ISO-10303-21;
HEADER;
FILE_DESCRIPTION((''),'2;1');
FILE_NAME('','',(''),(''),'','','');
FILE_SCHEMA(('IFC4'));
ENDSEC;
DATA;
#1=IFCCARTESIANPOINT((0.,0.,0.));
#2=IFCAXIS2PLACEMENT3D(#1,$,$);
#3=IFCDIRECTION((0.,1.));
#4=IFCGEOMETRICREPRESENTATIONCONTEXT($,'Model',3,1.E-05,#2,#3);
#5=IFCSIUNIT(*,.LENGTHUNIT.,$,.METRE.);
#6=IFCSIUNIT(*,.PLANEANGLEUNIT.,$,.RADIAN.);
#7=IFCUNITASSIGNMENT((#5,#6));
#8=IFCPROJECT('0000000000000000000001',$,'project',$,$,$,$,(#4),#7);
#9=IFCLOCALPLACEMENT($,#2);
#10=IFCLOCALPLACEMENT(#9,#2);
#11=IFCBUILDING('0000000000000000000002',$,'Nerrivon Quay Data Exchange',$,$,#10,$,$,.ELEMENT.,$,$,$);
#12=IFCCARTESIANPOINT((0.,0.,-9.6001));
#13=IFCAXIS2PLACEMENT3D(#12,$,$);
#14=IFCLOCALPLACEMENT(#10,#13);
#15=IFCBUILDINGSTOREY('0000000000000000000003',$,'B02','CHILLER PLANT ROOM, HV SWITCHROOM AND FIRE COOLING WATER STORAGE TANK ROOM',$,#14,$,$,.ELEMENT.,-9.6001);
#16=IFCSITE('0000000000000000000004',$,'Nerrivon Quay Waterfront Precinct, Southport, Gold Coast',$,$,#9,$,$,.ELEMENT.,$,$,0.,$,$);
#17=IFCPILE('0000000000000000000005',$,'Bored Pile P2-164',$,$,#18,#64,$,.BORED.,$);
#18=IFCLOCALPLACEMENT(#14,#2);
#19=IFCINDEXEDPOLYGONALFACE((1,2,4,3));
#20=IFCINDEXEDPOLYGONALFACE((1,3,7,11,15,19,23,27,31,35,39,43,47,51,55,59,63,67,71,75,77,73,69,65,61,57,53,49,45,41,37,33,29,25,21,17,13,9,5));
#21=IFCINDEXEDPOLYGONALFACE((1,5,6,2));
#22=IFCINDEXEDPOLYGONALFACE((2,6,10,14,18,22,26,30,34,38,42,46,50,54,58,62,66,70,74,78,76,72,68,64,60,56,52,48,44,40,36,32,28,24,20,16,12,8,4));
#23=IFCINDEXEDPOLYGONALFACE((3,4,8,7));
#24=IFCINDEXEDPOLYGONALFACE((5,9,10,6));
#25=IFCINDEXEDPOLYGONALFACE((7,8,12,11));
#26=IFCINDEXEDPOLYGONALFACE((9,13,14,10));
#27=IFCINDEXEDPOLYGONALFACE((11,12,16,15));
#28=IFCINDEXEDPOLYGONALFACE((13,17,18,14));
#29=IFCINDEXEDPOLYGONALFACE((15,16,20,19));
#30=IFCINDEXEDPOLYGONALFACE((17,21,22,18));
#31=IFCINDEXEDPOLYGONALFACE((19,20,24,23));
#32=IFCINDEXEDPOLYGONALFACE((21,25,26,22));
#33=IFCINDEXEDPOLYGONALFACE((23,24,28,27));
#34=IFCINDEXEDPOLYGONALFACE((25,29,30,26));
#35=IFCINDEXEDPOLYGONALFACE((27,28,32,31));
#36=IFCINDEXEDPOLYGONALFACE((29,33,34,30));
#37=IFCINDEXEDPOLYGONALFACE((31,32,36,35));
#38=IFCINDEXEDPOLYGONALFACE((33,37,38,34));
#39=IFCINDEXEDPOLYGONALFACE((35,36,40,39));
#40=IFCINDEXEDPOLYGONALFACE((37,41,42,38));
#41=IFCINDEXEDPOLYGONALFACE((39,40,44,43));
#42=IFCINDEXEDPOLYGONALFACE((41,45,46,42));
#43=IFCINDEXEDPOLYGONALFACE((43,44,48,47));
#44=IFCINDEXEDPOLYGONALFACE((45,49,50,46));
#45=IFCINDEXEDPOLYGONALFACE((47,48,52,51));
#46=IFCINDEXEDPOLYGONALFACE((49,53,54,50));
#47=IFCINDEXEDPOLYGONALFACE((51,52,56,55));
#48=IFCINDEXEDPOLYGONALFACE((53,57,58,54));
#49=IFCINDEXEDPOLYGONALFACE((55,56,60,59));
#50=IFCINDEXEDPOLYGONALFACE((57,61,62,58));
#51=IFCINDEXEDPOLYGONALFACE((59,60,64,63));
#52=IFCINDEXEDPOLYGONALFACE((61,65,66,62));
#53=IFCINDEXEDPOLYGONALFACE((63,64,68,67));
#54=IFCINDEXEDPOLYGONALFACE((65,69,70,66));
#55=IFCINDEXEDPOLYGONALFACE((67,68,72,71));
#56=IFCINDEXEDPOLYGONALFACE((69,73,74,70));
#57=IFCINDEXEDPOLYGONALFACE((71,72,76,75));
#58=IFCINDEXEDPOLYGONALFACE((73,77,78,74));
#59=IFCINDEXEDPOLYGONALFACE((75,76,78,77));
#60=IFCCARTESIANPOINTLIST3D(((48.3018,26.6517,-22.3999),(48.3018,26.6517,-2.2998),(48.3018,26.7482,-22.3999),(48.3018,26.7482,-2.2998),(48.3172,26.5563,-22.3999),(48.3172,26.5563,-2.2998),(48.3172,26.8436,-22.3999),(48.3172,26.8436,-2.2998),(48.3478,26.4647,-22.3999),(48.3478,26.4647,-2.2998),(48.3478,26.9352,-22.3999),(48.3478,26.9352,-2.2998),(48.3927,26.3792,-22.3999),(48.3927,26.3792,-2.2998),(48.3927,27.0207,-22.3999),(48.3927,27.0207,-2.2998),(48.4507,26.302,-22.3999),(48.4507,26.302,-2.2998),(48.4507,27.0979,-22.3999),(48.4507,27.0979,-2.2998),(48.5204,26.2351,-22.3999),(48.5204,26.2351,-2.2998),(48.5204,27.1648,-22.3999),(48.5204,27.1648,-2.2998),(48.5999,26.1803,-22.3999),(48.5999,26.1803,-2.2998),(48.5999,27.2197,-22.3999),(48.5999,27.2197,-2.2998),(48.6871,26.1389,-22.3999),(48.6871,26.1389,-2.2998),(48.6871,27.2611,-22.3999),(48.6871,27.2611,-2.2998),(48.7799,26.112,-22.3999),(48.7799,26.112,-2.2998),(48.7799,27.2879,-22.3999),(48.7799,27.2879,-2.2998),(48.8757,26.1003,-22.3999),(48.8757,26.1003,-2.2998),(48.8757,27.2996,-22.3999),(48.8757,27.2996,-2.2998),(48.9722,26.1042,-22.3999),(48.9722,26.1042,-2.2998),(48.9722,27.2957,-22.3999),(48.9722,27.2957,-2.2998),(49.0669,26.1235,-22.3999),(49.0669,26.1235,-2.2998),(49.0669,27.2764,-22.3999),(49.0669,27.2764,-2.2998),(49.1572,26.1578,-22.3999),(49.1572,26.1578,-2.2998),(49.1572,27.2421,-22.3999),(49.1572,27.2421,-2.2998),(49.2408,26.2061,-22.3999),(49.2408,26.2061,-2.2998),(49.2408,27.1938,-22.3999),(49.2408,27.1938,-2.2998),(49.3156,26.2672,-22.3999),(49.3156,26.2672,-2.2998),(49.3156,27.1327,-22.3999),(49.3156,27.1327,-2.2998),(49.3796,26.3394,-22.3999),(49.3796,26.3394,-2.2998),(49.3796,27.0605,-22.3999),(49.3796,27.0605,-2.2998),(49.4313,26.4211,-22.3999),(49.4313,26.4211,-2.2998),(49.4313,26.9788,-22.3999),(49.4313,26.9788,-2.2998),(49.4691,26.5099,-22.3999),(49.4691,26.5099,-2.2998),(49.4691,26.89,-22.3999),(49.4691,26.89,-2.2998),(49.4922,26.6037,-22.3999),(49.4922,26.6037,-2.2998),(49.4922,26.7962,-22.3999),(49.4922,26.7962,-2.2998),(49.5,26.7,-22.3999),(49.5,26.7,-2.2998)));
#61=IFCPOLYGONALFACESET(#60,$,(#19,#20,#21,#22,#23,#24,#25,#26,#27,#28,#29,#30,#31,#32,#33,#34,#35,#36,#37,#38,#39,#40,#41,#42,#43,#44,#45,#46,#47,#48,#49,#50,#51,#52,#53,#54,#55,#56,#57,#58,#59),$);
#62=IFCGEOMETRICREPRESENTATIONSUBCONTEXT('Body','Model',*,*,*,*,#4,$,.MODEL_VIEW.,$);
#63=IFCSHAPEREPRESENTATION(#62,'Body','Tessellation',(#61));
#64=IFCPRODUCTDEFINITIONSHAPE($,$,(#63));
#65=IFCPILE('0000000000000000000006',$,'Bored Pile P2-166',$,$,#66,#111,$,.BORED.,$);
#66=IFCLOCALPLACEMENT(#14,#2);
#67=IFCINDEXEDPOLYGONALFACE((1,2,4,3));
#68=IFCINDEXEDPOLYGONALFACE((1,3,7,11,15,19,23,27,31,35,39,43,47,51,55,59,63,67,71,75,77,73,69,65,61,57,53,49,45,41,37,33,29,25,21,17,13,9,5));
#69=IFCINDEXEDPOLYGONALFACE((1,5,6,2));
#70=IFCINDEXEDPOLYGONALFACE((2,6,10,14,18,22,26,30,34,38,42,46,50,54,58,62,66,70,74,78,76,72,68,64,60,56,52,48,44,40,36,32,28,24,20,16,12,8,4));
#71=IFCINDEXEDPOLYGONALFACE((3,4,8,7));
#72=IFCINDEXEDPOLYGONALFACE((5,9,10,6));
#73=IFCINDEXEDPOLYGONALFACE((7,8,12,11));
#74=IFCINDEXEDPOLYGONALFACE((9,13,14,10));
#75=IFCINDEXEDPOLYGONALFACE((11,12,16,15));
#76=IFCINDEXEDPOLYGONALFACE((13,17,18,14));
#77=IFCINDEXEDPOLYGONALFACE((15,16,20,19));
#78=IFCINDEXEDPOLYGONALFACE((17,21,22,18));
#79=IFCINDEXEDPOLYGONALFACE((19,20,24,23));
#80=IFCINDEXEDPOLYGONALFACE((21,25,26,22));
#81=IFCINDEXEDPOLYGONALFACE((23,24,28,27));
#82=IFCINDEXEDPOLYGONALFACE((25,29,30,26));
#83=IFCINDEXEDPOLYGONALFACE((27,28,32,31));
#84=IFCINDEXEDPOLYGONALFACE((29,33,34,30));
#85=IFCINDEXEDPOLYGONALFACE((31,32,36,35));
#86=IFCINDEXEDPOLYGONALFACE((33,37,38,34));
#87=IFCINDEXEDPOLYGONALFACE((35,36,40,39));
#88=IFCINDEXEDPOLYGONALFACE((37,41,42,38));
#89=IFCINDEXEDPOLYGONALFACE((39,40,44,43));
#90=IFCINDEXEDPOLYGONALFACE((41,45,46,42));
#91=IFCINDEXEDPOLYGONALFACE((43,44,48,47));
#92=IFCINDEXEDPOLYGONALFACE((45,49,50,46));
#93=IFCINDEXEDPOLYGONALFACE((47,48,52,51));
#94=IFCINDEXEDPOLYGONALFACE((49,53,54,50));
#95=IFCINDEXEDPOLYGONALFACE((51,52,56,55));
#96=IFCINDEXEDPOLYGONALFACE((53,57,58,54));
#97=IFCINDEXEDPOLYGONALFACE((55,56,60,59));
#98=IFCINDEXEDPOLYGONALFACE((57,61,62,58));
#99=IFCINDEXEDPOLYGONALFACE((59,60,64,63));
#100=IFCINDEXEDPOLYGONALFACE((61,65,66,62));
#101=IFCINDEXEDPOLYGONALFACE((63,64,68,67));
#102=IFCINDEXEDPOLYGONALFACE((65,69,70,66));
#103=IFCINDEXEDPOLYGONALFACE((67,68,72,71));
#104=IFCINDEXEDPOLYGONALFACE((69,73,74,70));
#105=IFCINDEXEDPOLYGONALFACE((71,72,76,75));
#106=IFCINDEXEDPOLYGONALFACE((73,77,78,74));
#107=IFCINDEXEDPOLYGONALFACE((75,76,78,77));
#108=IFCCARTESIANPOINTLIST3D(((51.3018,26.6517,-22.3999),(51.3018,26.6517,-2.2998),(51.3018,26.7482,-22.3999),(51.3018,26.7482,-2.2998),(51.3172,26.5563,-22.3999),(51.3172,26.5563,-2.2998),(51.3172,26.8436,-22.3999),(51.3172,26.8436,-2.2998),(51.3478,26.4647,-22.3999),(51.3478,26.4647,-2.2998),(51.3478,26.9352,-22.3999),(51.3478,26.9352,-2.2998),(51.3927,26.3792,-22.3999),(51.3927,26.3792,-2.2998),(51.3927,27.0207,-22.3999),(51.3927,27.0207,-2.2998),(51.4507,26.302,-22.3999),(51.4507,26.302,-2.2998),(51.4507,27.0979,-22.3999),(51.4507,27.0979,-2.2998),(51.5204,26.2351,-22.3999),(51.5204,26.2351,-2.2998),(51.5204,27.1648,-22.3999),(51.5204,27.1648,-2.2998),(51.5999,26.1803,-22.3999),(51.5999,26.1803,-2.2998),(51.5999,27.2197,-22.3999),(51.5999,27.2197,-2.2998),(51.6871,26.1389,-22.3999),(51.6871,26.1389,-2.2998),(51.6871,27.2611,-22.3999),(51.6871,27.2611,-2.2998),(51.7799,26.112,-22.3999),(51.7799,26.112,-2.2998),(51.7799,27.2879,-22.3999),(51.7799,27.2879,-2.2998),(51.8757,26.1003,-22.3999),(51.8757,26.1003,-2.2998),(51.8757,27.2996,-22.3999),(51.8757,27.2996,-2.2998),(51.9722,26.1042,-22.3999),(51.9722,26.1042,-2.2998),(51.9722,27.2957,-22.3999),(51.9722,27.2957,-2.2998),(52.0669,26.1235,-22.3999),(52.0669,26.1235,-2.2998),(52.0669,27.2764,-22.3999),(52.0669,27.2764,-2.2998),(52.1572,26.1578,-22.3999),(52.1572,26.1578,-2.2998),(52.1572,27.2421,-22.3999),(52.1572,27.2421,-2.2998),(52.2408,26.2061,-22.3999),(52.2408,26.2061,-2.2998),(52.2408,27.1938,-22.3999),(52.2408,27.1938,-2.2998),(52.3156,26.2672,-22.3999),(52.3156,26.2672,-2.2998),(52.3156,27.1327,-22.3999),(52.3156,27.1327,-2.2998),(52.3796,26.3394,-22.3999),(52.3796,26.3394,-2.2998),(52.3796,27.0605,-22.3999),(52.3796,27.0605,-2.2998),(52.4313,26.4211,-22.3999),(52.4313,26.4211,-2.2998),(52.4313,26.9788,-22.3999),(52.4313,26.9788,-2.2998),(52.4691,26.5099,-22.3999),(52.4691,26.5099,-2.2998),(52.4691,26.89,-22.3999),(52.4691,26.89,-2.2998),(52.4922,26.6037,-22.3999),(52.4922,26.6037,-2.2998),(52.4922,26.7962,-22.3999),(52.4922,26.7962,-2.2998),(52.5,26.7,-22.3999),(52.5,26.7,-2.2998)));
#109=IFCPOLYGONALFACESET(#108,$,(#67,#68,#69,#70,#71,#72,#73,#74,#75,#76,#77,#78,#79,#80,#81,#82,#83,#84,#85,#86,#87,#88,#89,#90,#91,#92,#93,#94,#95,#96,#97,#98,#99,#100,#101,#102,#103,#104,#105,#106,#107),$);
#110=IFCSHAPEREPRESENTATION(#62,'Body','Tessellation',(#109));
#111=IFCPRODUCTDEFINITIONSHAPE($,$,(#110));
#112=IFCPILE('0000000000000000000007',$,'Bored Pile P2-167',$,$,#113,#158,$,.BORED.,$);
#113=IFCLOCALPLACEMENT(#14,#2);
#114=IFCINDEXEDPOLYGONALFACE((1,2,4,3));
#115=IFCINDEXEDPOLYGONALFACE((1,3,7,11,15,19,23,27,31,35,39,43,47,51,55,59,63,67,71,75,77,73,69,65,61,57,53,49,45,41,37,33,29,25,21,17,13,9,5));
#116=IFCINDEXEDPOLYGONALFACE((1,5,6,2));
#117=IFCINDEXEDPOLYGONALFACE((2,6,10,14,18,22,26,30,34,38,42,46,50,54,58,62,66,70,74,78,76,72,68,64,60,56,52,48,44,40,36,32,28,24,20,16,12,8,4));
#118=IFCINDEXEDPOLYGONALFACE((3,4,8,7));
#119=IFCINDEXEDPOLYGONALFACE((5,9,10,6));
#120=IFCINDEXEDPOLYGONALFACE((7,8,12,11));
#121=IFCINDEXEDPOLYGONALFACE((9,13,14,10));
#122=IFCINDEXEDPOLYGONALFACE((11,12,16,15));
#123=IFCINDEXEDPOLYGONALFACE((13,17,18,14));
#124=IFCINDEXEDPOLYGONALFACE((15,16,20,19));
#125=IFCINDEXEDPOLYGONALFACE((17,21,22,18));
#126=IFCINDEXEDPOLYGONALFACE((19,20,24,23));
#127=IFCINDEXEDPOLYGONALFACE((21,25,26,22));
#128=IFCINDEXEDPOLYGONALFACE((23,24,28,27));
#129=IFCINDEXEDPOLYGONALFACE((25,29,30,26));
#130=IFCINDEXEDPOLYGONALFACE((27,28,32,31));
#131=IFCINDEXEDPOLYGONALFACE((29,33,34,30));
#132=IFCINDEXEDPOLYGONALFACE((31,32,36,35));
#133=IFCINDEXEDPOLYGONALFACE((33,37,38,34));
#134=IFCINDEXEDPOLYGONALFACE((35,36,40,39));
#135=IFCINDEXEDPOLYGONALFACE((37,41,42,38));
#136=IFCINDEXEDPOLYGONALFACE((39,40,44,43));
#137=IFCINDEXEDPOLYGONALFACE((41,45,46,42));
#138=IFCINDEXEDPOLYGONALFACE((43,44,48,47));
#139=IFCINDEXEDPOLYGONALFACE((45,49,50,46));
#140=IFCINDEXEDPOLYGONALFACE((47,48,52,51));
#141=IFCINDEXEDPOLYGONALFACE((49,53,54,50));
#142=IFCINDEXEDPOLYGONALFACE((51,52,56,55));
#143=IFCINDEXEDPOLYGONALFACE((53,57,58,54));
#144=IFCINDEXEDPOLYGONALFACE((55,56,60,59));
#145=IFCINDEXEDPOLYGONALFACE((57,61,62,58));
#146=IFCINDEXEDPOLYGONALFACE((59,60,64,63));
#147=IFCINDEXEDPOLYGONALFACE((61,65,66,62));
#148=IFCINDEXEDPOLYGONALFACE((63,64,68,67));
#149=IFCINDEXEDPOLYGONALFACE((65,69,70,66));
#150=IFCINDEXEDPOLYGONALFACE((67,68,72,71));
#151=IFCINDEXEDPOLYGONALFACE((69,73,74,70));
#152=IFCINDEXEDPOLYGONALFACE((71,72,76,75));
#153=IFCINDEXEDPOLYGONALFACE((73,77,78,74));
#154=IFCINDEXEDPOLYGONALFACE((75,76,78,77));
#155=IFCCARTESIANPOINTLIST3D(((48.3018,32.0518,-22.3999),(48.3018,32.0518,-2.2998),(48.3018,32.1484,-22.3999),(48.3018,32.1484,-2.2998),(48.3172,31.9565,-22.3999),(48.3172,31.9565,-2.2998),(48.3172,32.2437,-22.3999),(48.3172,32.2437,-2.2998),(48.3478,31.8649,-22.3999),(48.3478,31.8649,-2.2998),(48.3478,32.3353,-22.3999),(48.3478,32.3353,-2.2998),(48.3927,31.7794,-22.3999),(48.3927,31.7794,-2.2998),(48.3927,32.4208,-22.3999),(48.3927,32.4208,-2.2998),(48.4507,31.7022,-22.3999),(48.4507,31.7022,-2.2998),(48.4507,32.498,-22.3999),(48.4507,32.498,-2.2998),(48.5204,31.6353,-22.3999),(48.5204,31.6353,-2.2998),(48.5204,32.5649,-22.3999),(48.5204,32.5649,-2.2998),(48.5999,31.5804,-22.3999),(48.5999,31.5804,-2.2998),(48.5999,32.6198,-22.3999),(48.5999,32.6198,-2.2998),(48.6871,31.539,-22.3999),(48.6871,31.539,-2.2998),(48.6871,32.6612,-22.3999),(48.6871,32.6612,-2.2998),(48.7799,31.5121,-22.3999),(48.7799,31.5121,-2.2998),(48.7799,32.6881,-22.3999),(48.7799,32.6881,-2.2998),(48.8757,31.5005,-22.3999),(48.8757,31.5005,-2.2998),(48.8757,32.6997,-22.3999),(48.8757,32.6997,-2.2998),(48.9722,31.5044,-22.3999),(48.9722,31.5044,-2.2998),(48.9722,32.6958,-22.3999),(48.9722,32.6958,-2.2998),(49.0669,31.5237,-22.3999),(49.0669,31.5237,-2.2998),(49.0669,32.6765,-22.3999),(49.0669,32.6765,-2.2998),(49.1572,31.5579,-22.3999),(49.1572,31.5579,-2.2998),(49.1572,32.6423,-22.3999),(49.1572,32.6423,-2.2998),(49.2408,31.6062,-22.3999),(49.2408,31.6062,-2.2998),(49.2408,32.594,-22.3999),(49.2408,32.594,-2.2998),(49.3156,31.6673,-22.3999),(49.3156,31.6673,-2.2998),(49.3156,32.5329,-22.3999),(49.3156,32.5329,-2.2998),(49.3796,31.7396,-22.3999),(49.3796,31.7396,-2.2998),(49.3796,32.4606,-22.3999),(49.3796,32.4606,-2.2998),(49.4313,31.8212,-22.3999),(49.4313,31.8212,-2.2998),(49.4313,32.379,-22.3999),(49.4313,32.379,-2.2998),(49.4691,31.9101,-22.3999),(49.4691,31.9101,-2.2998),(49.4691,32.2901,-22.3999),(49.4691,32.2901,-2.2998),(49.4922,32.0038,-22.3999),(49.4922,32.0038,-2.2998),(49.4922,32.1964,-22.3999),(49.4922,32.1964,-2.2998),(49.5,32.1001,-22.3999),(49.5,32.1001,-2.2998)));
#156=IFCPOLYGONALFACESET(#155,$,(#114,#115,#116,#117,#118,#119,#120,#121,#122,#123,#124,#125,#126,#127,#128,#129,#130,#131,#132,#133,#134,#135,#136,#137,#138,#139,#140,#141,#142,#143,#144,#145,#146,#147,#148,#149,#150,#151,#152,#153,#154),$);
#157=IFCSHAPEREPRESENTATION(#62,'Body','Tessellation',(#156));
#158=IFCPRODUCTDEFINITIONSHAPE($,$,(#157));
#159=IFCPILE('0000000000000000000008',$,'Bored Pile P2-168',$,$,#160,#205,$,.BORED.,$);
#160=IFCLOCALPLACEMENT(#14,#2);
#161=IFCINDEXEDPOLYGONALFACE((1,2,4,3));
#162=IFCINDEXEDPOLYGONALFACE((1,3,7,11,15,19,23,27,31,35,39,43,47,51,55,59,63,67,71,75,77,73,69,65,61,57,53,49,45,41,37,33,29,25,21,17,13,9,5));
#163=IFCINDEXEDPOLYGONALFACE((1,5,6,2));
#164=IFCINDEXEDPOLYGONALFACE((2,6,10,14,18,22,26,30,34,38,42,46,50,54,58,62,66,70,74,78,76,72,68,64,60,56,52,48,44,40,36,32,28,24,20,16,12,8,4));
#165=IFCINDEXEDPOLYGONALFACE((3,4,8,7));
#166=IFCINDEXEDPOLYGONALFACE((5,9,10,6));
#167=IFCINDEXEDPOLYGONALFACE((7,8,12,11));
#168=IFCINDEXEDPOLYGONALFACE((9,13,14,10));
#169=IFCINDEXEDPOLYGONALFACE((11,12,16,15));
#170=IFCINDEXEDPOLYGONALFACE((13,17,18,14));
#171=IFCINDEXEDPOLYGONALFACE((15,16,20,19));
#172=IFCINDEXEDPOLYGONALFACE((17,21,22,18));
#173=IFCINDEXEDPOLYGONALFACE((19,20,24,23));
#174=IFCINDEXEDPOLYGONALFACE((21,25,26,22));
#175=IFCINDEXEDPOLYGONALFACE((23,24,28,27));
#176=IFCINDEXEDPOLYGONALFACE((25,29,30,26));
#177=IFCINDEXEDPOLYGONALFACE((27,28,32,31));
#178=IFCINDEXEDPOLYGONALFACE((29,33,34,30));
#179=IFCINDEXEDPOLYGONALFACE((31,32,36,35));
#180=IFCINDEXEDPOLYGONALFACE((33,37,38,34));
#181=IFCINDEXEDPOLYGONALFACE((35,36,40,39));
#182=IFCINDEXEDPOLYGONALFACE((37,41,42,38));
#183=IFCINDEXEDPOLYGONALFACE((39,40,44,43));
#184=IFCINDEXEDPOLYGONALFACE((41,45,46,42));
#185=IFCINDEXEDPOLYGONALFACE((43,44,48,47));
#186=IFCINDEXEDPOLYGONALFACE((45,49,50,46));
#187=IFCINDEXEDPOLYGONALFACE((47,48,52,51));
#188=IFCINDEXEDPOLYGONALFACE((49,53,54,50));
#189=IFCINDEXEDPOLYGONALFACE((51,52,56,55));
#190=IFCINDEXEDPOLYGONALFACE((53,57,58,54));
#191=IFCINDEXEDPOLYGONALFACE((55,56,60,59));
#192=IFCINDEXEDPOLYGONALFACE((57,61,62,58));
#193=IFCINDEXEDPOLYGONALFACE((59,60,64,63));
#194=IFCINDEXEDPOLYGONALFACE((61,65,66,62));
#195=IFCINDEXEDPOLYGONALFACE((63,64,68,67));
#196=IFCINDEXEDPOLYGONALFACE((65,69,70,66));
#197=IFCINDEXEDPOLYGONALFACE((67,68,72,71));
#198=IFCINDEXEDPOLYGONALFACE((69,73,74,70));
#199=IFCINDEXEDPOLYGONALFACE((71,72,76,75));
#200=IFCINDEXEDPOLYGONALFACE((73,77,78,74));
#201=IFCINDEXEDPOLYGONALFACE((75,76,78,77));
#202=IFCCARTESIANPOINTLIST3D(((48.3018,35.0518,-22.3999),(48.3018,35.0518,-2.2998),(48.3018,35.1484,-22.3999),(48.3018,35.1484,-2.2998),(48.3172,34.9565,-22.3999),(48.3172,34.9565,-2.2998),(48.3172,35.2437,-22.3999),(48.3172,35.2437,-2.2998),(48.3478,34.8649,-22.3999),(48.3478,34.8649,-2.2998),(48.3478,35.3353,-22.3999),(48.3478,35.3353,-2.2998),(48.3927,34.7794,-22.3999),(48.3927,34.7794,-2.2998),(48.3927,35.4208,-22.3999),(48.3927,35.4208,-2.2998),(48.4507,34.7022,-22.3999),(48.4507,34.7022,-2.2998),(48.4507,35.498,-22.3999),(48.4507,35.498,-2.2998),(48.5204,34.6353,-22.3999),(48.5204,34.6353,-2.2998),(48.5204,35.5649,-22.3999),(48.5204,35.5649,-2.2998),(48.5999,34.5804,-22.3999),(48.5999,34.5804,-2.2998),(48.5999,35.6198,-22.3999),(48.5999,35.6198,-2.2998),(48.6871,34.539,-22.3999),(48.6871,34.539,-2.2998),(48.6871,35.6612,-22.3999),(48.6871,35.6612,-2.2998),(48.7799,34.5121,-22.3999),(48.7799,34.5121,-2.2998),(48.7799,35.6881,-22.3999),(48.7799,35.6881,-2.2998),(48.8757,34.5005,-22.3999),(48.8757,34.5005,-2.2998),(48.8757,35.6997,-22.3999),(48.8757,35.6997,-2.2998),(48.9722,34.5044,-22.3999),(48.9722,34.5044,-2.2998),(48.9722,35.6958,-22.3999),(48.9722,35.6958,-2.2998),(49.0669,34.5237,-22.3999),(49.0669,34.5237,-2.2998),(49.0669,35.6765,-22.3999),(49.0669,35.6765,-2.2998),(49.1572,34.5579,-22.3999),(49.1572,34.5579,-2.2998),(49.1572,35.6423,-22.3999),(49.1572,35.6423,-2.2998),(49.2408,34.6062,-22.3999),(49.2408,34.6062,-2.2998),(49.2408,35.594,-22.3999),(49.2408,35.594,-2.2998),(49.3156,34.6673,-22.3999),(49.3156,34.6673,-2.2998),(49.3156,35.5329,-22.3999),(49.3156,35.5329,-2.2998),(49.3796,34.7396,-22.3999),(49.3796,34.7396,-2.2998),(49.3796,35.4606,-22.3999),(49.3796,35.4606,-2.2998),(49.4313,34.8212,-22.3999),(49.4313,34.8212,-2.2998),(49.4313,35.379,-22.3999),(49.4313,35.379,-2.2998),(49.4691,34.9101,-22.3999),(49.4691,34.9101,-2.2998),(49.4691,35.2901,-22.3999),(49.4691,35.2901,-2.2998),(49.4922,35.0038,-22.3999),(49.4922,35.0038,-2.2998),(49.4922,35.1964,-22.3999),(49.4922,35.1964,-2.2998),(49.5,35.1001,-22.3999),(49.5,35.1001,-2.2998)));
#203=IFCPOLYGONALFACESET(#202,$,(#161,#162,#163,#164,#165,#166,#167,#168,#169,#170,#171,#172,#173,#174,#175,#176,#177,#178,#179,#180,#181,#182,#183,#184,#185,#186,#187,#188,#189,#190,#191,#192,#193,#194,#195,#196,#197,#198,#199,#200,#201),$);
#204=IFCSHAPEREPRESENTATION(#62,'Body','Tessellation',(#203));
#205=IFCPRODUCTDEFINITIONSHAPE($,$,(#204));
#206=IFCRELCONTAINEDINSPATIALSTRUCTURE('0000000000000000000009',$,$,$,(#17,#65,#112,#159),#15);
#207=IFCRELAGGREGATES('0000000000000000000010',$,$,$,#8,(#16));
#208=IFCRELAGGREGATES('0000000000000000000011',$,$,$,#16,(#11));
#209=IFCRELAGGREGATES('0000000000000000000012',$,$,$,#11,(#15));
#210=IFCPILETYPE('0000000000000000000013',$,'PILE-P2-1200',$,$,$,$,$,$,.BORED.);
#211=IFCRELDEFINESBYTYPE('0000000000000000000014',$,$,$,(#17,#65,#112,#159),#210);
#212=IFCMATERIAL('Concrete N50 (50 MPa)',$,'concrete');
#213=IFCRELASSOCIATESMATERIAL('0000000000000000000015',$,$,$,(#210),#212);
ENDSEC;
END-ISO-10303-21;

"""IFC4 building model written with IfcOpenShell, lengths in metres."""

from ifc_helpers import new_model, si_unit, direction, frame, origin, origin_2d, place, context, subcontext, project, spatial, circle, extrude, material, material_profile, profile_set, type_object, element, save


model = new_model("IFC4")

# Units and contexts
model_context = context("Model", 3, precision=1e-05, world=origin(), true_north=direction((0.0, 1.0)))
body_context = subcontext(model_context, "Body", "Model", "MODEL_VIEW")
ifc_project = project(units=[si_unit("LENGTHUNIT", "METRE"), si_unit("PLANEANGLEUNIT", "RADIAN")], contexts=[model_context])

# Site, building, storey
site_placement = place(None, origin())
site = spatial("IfcSite", under=ifc_project, at=site_placement, Name="Nerrivon Quay Waterfront Precinct, Southport, Gold Coast", CompositionType="ELEMENT", RefElevation=0.0)
building_placement = place(site_placement, origin())
building = spatial("IfcBuilding", under=site, at=building_placement, Name="Nerrivon Quay Data Exchange", CompositionType="ELEMENT")
storey_placement = place(building_placement, frame((0.0, 0.0, -9.6001)))
storey = spatial("IfcBuildingStorey", under=building, at=storey_placement, Name="B02", Description="CHILLER PLANT ROOM, HV SWITCHROOM AND FIRE COOLING WATER STORAGE TANK ROOM", CompositionType="ELEMENT", Elevation=-9.6001)

# Piles
ifc_material_1 = material(Name="Concrete N50 (50 MPa)", Category="concrete")
ifc_material_profile_1 = material_profile(ifc_material_1, circle(Radius=0.6001, at=origin_2d()), Name="PILE-1200")
ifc_profile_set_1 = profile_set([ifc_material_profile_1], Name="Concrete N50 (50 MPa)")
pile_type = type_object("IfcPileType", Name="PILE-P2-1200", PredefinedType="BORED", material=ifc_profile_set_1)
for number, where, z_axis, x_axis, name in (
    (1, (48.8999, 26.7, -2.2998), (0.0, 0.0, -1.0), (1.0, 0.0, 0.0), "Bored Pile P2-164"),
    (2, (51.8999, 26.7, -2.2998), (0.0, 0.0, -1.0), (1.0, 0.0, 0.0), "Bored Pile P2-166"),
    (3, (48.8999, 32.1001, -2.2998), (0.0, 0.0, -1.0), (1.0, 0.0, 0.0), "Bored Pile P2-167"),
    (4, (48.8999, 35.1001, -2.2998), (0.0, 0.0, -1.0), (1.0, 0.0, 0.0), "Bored Pile P2-168"),
):
    element("IfcPile", number, at=place(storey_placement, frame(where, z_axis=z_axis, x_axis=x_axis)), inside=storey, type_object=pile_type, Name=name, PredefinedType="BORED", context=body_context, shape_type="SweptSolid", body=[
        extrude(circle(Radius=0.6001, at=origin_2d()), origin(), (0.0, 0.0, 1.0), 20.1001),
    ])

save(model, "model.ifc")
